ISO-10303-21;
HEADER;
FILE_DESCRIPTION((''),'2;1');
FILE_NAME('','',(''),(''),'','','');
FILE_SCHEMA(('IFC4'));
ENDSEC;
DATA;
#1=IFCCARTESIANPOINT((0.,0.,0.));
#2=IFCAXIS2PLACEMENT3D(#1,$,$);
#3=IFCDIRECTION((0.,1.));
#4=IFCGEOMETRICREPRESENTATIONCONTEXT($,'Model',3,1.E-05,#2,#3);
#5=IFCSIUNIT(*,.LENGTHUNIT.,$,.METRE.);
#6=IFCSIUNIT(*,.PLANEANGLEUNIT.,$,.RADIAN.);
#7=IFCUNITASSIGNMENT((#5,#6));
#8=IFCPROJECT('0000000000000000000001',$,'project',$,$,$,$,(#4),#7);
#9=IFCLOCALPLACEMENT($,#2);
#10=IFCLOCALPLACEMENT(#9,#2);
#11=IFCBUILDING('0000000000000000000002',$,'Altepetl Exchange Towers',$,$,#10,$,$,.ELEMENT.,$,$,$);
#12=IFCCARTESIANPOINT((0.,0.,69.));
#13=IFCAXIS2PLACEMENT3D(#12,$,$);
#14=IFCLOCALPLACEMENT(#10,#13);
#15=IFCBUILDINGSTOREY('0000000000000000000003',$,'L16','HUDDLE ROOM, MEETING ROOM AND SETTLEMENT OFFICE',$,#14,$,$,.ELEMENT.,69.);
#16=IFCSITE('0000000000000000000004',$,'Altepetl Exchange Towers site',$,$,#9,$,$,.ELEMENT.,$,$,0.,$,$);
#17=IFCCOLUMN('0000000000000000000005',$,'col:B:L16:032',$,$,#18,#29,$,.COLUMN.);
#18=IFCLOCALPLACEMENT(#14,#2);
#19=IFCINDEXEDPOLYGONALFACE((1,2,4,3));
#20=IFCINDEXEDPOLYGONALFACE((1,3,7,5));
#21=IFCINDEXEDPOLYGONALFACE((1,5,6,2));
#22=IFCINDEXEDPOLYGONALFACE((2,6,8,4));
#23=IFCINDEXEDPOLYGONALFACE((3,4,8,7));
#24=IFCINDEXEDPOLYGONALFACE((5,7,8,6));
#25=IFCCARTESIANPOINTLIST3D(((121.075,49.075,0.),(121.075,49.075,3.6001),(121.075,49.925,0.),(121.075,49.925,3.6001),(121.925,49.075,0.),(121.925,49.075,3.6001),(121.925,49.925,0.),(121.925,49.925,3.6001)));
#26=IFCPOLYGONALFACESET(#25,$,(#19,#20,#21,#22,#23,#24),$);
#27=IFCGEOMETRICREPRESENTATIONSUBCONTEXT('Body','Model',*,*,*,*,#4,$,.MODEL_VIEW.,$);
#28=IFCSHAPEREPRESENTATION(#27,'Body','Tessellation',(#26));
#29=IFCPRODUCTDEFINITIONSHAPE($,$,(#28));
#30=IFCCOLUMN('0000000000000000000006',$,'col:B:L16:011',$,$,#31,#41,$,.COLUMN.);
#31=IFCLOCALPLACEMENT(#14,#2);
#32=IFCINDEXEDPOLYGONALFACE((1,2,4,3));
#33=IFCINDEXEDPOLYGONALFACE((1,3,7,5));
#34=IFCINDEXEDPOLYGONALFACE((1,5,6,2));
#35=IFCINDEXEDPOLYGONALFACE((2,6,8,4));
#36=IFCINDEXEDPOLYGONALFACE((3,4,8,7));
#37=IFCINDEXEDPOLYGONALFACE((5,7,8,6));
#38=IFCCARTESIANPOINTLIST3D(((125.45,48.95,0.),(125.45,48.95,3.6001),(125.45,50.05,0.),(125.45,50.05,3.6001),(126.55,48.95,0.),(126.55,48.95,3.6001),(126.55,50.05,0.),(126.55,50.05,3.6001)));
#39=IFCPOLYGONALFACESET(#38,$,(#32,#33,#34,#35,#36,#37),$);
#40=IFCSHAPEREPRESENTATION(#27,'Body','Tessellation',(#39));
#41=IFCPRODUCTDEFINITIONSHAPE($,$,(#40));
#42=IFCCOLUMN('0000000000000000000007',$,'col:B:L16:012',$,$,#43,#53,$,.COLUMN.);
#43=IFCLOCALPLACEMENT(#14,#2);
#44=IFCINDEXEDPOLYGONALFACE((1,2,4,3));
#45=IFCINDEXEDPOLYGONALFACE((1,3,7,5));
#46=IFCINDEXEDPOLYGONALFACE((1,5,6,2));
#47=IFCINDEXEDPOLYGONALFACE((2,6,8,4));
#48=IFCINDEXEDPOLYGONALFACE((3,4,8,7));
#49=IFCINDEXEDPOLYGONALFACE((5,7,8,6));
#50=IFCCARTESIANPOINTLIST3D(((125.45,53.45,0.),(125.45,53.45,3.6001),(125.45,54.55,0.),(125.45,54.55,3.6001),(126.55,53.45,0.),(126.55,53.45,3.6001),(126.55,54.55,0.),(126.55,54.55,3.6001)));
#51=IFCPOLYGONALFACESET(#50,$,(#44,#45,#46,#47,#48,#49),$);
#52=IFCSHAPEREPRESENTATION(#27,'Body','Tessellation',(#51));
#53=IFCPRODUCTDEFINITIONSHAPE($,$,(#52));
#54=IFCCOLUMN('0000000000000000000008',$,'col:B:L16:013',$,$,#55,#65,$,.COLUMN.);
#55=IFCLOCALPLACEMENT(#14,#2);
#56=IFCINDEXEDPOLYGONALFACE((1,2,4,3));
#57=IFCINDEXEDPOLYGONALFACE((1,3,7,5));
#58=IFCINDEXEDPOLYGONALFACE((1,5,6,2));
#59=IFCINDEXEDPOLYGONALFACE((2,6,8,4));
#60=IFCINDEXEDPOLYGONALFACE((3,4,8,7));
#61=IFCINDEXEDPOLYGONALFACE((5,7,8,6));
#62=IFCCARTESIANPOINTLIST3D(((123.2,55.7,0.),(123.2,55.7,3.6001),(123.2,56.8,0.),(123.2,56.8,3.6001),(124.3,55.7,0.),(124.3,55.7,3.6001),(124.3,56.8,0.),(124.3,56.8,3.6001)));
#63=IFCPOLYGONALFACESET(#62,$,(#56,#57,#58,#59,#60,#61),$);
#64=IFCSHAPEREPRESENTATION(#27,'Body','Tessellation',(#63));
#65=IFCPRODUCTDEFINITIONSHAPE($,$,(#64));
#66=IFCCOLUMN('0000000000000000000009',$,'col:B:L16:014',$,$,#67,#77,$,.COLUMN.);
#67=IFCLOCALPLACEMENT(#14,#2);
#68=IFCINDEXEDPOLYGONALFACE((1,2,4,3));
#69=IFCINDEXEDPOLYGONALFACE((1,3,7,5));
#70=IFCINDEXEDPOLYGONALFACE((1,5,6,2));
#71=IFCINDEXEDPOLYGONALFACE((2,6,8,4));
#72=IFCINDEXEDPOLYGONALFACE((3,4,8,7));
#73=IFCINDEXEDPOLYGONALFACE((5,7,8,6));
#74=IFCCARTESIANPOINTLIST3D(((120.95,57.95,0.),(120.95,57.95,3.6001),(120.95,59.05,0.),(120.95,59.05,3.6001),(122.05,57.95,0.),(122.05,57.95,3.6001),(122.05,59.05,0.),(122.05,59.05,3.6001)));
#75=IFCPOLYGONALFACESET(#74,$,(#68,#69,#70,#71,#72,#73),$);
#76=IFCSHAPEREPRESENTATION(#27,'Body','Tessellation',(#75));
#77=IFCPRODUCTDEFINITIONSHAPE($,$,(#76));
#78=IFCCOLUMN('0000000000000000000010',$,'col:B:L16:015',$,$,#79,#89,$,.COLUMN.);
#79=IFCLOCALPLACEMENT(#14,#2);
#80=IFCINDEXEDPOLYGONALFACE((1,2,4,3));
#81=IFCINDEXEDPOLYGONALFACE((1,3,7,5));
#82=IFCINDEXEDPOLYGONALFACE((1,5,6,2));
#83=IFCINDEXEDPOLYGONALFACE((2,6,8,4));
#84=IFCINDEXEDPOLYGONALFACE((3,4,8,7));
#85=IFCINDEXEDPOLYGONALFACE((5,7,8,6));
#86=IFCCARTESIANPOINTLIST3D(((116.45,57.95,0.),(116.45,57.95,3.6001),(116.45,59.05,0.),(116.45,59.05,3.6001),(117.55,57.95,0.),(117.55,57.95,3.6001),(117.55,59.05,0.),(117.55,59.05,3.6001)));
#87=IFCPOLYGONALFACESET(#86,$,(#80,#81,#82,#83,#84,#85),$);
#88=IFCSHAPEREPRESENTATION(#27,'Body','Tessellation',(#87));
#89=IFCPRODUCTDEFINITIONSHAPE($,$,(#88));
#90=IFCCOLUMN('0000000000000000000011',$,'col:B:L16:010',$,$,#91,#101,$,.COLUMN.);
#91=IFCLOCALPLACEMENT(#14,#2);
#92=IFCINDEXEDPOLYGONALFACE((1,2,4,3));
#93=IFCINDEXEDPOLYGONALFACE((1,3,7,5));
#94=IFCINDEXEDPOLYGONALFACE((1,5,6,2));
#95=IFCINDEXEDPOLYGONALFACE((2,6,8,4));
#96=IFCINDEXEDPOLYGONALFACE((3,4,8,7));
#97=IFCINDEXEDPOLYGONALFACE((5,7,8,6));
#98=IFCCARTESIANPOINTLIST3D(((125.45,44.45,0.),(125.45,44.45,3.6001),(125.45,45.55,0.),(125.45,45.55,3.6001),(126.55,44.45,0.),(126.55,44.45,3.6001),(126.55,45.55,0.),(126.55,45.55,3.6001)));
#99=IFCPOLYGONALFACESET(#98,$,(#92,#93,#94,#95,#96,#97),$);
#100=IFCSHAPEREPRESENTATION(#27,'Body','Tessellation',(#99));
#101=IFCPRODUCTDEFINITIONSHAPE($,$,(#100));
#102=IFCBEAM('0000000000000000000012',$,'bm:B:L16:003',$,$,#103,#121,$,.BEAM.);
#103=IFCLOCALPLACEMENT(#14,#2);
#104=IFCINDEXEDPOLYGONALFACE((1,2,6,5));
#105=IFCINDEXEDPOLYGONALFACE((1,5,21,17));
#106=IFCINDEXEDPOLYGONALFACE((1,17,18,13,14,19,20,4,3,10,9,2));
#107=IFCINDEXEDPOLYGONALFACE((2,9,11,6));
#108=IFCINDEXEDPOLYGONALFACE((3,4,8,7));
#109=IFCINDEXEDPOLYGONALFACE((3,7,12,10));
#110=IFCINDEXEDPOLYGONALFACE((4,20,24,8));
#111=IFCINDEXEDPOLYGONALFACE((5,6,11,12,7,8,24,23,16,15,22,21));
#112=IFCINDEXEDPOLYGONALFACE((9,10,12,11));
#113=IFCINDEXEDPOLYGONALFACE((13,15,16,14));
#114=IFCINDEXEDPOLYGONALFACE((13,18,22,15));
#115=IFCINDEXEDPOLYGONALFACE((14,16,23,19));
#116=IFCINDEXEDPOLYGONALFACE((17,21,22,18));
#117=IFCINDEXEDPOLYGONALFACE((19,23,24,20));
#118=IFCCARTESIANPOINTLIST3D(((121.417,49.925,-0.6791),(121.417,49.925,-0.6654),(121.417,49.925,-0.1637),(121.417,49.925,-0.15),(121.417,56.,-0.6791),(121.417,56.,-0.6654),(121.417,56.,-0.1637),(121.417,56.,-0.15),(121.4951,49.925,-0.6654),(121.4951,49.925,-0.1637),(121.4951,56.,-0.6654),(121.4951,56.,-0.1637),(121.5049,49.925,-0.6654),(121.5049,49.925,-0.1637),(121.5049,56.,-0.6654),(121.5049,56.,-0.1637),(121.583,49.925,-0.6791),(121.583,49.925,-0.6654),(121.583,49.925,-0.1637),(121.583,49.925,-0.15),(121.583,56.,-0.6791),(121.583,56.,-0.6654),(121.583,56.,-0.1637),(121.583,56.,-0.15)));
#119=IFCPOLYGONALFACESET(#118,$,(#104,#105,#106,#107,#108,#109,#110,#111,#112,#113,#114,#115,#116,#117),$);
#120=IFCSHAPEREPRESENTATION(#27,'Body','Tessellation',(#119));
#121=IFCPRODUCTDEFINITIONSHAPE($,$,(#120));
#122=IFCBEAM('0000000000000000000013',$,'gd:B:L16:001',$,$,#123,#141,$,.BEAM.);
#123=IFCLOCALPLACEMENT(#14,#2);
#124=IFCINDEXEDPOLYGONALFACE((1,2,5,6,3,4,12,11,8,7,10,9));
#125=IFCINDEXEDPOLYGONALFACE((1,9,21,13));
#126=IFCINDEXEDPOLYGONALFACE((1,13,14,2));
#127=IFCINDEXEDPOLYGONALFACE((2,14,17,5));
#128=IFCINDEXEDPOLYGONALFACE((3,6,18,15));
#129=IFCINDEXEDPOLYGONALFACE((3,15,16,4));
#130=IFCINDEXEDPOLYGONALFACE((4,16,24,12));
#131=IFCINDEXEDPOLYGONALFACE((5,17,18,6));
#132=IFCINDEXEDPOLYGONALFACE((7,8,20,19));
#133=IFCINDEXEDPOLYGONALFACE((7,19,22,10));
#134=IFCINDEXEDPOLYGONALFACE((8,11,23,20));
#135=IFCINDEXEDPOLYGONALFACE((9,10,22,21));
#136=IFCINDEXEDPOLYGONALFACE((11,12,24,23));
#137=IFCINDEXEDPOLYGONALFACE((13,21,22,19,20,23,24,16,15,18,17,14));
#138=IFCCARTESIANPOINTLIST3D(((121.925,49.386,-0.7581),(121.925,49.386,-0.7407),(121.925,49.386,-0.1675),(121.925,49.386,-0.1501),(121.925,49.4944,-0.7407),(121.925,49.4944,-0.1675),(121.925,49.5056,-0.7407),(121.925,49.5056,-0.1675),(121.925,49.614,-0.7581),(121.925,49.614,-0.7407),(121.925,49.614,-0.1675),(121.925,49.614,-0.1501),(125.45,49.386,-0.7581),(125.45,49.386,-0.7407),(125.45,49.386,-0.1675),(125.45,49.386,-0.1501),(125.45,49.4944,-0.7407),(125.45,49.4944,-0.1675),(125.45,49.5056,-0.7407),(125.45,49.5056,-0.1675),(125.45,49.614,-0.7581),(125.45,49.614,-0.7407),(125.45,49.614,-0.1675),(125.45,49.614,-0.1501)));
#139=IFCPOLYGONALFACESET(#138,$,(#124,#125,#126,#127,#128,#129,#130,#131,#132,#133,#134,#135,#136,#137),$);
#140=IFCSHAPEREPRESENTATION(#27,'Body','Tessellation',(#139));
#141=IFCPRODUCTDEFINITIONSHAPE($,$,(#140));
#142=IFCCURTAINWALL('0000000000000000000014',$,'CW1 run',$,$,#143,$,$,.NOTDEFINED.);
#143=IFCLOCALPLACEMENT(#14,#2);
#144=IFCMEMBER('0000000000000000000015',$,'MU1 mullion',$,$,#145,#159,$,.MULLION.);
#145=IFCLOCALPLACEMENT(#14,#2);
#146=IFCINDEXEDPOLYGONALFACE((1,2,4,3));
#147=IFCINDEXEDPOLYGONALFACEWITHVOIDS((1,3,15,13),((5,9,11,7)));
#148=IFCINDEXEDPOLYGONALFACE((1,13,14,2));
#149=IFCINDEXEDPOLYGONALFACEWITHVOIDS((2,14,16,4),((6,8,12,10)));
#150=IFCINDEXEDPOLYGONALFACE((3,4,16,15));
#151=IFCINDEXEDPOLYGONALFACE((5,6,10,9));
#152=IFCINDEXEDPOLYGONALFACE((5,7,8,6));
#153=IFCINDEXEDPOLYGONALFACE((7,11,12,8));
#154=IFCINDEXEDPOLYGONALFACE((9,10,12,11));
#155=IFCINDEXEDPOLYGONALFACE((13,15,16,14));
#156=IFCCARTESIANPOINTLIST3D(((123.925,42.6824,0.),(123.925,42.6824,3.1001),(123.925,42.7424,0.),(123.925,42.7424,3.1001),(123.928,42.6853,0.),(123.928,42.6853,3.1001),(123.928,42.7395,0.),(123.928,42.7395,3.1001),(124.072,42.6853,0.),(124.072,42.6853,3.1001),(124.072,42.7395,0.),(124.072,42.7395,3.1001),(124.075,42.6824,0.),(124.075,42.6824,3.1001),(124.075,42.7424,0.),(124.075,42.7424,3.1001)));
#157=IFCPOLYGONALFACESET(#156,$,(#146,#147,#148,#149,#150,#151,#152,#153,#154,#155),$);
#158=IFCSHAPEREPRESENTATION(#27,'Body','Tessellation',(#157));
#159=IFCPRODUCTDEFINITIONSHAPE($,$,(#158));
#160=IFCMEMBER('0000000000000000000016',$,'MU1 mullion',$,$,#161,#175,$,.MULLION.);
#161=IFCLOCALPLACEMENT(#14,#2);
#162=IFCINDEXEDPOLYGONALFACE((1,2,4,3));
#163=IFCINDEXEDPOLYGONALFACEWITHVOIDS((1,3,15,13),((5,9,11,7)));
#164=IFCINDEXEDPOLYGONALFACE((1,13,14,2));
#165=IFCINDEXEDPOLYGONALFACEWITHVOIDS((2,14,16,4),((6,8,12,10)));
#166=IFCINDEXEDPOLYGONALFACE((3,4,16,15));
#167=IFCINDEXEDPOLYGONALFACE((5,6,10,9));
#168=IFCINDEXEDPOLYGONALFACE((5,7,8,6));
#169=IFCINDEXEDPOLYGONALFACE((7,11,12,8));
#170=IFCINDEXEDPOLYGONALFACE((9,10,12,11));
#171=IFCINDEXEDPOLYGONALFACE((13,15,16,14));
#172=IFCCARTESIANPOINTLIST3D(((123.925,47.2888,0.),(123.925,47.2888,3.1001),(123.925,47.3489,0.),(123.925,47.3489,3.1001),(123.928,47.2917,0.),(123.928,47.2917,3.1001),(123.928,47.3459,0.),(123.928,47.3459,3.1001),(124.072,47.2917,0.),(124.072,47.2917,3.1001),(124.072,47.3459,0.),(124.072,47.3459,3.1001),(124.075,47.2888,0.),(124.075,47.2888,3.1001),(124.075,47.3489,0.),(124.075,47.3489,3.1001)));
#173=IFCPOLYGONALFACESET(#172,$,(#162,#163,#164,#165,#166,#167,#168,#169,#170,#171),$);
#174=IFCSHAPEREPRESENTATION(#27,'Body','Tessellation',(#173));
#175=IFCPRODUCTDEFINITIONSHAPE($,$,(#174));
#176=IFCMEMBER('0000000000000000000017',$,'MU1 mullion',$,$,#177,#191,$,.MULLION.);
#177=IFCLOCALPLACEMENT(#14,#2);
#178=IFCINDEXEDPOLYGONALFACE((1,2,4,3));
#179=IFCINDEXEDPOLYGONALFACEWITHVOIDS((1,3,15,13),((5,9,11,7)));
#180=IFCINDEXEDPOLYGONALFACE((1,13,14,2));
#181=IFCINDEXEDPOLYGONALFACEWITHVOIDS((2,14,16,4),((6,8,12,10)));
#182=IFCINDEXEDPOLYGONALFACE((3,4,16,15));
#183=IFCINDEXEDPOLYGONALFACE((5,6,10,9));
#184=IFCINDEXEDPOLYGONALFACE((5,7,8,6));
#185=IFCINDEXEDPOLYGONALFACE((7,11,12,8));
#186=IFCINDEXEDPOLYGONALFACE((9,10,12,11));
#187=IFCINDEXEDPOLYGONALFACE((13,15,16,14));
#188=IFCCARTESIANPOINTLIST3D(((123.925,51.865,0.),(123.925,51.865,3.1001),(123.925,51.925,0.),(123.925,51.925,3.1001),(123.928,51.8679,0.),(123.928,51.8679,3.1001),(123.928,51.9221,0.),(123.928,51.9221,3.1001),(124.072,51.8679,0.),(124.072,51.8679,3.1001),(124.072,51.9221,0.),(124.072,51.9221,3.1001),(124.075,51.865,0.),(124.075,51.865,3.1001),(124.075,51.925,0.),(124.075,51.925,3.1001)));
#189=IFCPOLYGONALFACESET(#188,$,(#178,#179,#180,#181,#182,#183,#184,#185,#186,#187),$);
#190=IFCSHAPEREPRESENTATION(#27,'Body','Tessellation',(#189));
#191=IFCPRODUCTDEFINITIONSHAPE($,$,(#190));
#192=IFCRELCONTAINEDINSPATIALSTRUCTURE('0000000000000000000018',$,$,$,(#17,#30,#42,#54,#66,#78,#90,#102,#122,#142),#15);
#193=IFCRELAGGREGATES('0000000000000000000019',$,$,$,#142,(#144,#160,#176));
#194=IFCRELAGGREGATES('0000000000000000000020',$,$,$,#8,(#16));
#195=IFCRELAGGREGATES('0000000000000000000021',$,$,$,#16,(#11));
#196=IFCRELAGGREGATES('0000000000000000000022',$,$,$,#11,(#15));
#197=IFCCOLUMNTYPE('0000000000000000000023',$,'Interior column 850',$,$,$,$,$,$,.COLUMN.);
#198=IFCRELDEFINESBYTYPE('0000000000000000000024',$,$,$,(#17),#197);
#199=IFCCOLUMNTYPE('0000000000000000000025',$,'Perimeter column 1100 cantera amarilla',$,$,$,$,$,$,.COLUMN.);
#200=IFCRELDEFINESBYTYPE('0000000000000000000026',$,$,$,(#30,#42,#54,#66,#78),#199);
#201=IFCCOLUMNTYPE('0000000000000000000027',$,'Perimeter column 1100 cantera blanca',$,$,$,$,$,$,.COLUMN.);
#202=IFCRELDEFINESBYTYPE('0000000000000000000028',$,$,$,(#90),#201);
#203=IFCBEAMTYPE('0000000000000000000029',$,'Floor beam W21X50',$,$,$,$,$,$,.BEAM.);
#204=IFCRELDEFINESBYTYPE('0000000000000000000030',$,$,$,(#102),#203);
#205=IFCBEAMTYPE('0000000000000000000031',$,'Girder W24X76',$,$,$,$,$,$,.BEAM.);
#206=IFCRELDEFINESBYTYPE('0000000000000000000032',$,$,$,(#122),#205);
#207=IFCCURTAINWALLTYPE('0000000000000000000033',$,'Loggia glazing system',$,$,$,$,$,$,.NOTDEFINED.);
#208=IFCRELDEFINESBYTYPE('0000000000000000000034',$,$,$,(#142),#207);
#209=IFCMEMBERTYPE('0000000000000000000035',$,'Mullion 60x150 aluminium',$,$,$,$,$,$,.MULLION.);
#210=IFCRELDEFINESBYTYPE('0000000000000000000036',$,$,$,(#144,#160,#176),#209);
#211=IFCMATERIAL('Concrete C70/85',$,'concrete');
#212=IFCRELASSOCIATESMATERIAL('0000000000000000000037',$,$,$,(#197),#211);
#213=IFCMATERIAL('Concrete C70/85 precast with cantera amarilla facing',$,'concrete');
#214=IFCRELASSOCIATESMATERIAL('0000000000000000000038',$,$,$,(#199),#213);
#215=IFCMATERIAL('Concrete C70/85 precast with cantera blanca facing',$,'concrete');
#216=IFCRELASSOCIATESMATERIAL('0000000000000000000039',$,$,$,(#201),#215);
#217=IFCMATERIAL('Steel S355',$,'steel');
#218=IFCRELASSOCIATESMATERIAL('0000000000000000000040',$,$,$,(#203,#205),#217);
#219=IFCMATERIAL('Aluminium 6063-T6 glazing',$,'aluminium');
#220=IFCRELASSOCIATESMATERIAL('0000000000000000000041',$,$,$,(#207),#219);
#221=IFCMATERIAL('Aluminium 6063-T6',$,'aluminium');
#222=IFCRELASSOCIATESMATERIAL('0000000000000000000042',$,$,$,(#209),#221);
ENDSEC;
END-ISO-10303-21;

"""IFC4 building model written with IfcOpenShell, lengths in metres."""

from ifc_helpers import new_model, si_unit, direction, frame, origin, origin_2d, place, context, subcontext, project, spatial, rectangle, hollow_rectangle, i_section, extrude, material, material_profile, profile_set, type_object, element, aggregate, save


model = new_model("IFC4")

# Units and contexts
model_context = context("Model", 3, precision=1e-05, world=origin(), true_north=direction((0.0, 1.0)))
body_context = subcontext(model_context, "Body", "Model", "MODEL_VIEW")
ifc_project = project(units=[si_unit("LENGTHUNIT", "METRE"), si_unit("PLANEANGLEUNIT", "RADIAN")], contexts=[model_context])

# Site, building, storey
site_placement = place(None, origin())
site = spatial("IfcSite", under=ifc_project, at=site_placement, Name="Altepetl Exchange Towers site", CompositionType="ELEMENT", RefElevation=0.0)
building_placement = place(site_placement, origin())
building = spatial("IfcBuilding", under=site, at=building_placement, Name="Altepetl Exchange Towers", CompositionType="ELEMENT")
storey_placement = place(building_placement, frame((0.0, 0.0, 69.0)))
storey = spatial("IfcBuildingStorey", under=building, at=storey_placement, Name="L16", Description="HUDDLE ROOM, MEETING ROOM AND SETTLEMENT OFFICE", CompositionType="ELEMENT", Elevation=69.0)

# Columns
ifc_material_1 = material(Name="Concrete C70/85", Category="concrete")
ifc_material_profile_1 = material_profile(ifc_material_1, rectangle(XDim=0.8501, YDim=0.8501, at=origin_2d()), Name="850 x 850")
ifc_profile_set_1 = profile_set([ifc_material_profile_1], Name="Concrete C70/85")
column_type_1 = type_object("IfcColumnType", Name="Interior column 850", PredefinedType="COLUMN", material=ifc_profile_set_1)
column_1_placement = place(storey_placement, frame((121.5, 49.5, 0.0)))
element("IfcColumn", 1, at=column_1_placement, inside=storey, type_object=column_type_1, Name="col:B:L16:032", PredefinedType="COLUMN", context=body_context, shape_type="SweptSolid", body=[
    extrude(rectangle(XDim=0.8501, YDim=0.8501, at=origin_2d()), origin(), (0.0, 0.0, 1.0), 3.6001),
])
ifc_material_2 = material(Name="Concrete C70/85 precast with cantera amarilla facing", Category="concrete")
ifc_material_profile_2 = material_profile(ifc_material_2, rectangle(XDim=1.1001, YDim=1.1001, at=origin_2d()), Name="1100 x 1100")
ifc_profile_set_2 = profile_set([ifc_material_profile_2], Name="Concrete C70/85 precast with cantera amarilla facing")
column_type_2 = type_object("IfcColumnType", Name="Perimeter column 1100 cantera amarilla", PredefinedType="COLUMN", material=ifc_profile_set_2)
for number, where, name in (
    (2, (126.0, 49.5, 0.0), "col:B:L16:011"),
    (3, (126.0, 54.0, 0.0), "col:B:L16:012"),
    (4, (123.75, 56.25, 0.0), "col:B:L16:013"),
    (5, (121.5, 58.5, 0.0), "col:B:L16:014"),
    (6, (117.0, 58.5, 0.0), "col:B:L16:015"),
):
    element("IfcColumn", number, at=place(storey_placement, frame(where)), inside=storey, type_object=column_type_2, Name=name, PredefinedType="COLUMN", context=body_context, shape_type="SweptSolid", body=[
        extrude(rectangle(XDim=1.1001, YDim=1.1001, at=origin_2d()), origin(), (0.0, 0.0, 1.0), 3.6001),
    ])
ifc_material_3 = material(Name="Concrete C70/85 precast with cantera blanca facing", Category="concrete")
ifc_material_profile_3 = material_profile(ifc_material_3, rectangle(XDim=1.1001, YDim=1.1001, at=origin_2d()), Name="1100 x 1100")
ifc_profile_set_3 = profile_set([ifc_material_profile_3], Name="Concrete C70/85 precast with cantera blanca facing")
column_type_3 = type_object("IfcColumnType", Name="Perimeter column 1100 cantera blanca", PredefinedType="COLUMN", material=ifc_profile_set_3)
column_2_placement = place(storey_placement, frame((126.0, 45.0, 0.0)))
element("IfcColumn", 7, at=column_2_placement, inside=storey, type_object=column_type_3, Name="col:B:L16:010", PredefinedType="COLUMN", context=body_context, shape_type="SweptSolid", body=[
    extrude(rectangle(XDim=1.1001, YDim=1.1001, at=origin_2d()), origin(), (0.0, 0.0, 1.0), 3.6001),
])

# Beams
ifc_material_4 = material(Name="Steel S355", Category="steel")
ifc_material_profile_4 = material_profile(ifc_material_4, i_section(OverallWidth=0.166, OverallDepth=0.5291, WebThickness=0.0098, FlangeThickness=0.0137, at=origin_2d()), Name="W21X50")
ifc_profile_set_4 = profile_set([ifc_material_profile_4], Name="Steel S355")
beam_type_1 = type_object("IfcBeamType", Name="Floor beam W21X50", PredefinedType="BEAM", material=ifc_profile_set_4)
beam_1_placement = place(storey_placement, frame((121.5, 49.925, -0.4146), z_axis=(0.0, 1.0, 0.0), x_axis=(-1.0, 0.0, 0.0)))
element("IfcBeam", 8, at=beam_1_placement, inside=storey, type_object=beam_type_1, Name="bm:B:L16:003", PredefinedType="BEAM", context=body_context, shape_type="SweptSolid", body=[
    extrude(i_section(OverallWidth=0.166, OverallDepth=0.5291, WebThickness=0.0098, FlangeThickness=0.0137, at=origin_2d()), origin(), (0.0, 0.0, 1.0), 6.075),
])
ifc_material_profile_5 = material_profile(ifc_material_4, i_section(OverallWidth=0.228, OverallDepth=0.6079, WebThickness=0.0112, FlangeThickness=0.0173, at=origin_2d()), Name="W24X76")
ifc_profile_set_5 = profile_set([ifc_material_profile_5], Name="Steel S355")
beam_type_2 = type_object("IfcBeamType", Name="Girder W24X76", PredefinedType="BEAM", material=ifc_profile_set_5)
beam_2_placement = place(storey_placement, frame((121.925, 49.5, -0.4541), z_axis=(1.0, 0.0, 0.0), x_axis=(0.0, 1.0, 0.0)))
element("IfcBeam", 9, at=beam_2_placement, inside=storey, type_object=beam_type_2, Name="gd:B:L16:001", PredefinedType="BEAM", context=body_context, shape_type="SweptSolid", body=[
    extrude(i_section(OverallWidth=0.228, OverallDepth=0.6079, WebThickness=0.0112, FlangeThickness=0.0173, at=origin_2d()), origin(), (0.0, 0.0, 1.0), 3.5249),
])

# Curtain wall, members
ifc_material_5 = material(Name="Aluminium 6063-T6 glazing", Category="aluminium")
curtain_wall_type = type_object("IfcCurtainWallType", Name="Loggia glazing system", PredefinedType="NOTDEFINED", material=ifc_material_5)
curtain_wall_1_placement = place(storey_placement, origin())
curtain_wall_1 = element("IfcCurtainWall", 10, at=curtain_wall_1_placement, inside=storey, type_object=curtain_wall_type, Name="CW1 run", PredefinedType="NOTDEFINED")
ifc_material_6 = material(Name="Aluminium 6063-T6", Category="aluminium")
ifc_material_profile_6 = material_profile(ifc_material_6, hollow_rectangle(XDim=0.0601, YDim=0.1499, WallThickness=0.0029, at=origin_2d()), Name="Mullion 60x150 aluminium")
ifc_profile_set_6 = profile_set([ifc_material_profile_6], Name="Aluminium 6063-T6")
member_type = type_object("IfcMemberType", Name="Mullion 60x150 aluminium", PredefinedType="MULLION", material=ifc_profile_set_6)
member_1_placement = place(storey_placement, frame((124.0, 42.7124, 0.0), z_axis=(0.0, 0.0, 1.0), x_axis=(0.0, 1.0, 0.0)))
member_1 = element("IfcMember", 11, at=member_1_placement, type_object=member_type, Name="MU1 mullion", PredefinedType="MULLION", context=body_context, shape_type="SweptSolid", body=[
    extrude(hollow_rectangle(XDim=0.0601, YDim=0.1499, WallThickness=0.0029, at=origin_2d()), origin(), (0.0, 0.0, 1.0), 3.1001),
])
member_2_placement = place(storey_placement, frame((124.0, 47.3188, 0.0), z_axis=(0.0, 0.0, 1.0), x_axis=(0.0, 1.0, 0.0)))
member_2 = element("IfcMember", 12, at=member_2_placement, type_object=member_type, Name="MU1 mullion", PredefinedType="MULLION", context=body_context, shape_type="SweptSolid", body=[
    extrude(hollow_rectangle(XDim=0.0601, YDim=0.1499, WallThickness=0.0029, at=origin_2d()), origin(), (0.0, 0.0, 1.0), 3.1001),
])
member_3_placement = place(storey_placement, frame((124.0, 51.895, 0.0), z_axis=(0.0, 0.0, 1.0), x_axis=(0.0, 1.0, 0.0)))
member_3 = element("IfcMember", 13, at=member_3_placement, type_object=member_type, Name="MU1 mullion", PredefinedType="MULLION", context=body_context, shape_type="SweptSolid", body=[
    extrude(hollow_rectangle(XDim=0.0601, YDim=0.1499, WallThickness=0.0029, at=origin_2d()), origin(), (0.0, 0.0, 1.0), 3.1001),
])

aggregate(curtain_wall_1, [member_1, member_2, member_3])

save(model, "model.ifc")
